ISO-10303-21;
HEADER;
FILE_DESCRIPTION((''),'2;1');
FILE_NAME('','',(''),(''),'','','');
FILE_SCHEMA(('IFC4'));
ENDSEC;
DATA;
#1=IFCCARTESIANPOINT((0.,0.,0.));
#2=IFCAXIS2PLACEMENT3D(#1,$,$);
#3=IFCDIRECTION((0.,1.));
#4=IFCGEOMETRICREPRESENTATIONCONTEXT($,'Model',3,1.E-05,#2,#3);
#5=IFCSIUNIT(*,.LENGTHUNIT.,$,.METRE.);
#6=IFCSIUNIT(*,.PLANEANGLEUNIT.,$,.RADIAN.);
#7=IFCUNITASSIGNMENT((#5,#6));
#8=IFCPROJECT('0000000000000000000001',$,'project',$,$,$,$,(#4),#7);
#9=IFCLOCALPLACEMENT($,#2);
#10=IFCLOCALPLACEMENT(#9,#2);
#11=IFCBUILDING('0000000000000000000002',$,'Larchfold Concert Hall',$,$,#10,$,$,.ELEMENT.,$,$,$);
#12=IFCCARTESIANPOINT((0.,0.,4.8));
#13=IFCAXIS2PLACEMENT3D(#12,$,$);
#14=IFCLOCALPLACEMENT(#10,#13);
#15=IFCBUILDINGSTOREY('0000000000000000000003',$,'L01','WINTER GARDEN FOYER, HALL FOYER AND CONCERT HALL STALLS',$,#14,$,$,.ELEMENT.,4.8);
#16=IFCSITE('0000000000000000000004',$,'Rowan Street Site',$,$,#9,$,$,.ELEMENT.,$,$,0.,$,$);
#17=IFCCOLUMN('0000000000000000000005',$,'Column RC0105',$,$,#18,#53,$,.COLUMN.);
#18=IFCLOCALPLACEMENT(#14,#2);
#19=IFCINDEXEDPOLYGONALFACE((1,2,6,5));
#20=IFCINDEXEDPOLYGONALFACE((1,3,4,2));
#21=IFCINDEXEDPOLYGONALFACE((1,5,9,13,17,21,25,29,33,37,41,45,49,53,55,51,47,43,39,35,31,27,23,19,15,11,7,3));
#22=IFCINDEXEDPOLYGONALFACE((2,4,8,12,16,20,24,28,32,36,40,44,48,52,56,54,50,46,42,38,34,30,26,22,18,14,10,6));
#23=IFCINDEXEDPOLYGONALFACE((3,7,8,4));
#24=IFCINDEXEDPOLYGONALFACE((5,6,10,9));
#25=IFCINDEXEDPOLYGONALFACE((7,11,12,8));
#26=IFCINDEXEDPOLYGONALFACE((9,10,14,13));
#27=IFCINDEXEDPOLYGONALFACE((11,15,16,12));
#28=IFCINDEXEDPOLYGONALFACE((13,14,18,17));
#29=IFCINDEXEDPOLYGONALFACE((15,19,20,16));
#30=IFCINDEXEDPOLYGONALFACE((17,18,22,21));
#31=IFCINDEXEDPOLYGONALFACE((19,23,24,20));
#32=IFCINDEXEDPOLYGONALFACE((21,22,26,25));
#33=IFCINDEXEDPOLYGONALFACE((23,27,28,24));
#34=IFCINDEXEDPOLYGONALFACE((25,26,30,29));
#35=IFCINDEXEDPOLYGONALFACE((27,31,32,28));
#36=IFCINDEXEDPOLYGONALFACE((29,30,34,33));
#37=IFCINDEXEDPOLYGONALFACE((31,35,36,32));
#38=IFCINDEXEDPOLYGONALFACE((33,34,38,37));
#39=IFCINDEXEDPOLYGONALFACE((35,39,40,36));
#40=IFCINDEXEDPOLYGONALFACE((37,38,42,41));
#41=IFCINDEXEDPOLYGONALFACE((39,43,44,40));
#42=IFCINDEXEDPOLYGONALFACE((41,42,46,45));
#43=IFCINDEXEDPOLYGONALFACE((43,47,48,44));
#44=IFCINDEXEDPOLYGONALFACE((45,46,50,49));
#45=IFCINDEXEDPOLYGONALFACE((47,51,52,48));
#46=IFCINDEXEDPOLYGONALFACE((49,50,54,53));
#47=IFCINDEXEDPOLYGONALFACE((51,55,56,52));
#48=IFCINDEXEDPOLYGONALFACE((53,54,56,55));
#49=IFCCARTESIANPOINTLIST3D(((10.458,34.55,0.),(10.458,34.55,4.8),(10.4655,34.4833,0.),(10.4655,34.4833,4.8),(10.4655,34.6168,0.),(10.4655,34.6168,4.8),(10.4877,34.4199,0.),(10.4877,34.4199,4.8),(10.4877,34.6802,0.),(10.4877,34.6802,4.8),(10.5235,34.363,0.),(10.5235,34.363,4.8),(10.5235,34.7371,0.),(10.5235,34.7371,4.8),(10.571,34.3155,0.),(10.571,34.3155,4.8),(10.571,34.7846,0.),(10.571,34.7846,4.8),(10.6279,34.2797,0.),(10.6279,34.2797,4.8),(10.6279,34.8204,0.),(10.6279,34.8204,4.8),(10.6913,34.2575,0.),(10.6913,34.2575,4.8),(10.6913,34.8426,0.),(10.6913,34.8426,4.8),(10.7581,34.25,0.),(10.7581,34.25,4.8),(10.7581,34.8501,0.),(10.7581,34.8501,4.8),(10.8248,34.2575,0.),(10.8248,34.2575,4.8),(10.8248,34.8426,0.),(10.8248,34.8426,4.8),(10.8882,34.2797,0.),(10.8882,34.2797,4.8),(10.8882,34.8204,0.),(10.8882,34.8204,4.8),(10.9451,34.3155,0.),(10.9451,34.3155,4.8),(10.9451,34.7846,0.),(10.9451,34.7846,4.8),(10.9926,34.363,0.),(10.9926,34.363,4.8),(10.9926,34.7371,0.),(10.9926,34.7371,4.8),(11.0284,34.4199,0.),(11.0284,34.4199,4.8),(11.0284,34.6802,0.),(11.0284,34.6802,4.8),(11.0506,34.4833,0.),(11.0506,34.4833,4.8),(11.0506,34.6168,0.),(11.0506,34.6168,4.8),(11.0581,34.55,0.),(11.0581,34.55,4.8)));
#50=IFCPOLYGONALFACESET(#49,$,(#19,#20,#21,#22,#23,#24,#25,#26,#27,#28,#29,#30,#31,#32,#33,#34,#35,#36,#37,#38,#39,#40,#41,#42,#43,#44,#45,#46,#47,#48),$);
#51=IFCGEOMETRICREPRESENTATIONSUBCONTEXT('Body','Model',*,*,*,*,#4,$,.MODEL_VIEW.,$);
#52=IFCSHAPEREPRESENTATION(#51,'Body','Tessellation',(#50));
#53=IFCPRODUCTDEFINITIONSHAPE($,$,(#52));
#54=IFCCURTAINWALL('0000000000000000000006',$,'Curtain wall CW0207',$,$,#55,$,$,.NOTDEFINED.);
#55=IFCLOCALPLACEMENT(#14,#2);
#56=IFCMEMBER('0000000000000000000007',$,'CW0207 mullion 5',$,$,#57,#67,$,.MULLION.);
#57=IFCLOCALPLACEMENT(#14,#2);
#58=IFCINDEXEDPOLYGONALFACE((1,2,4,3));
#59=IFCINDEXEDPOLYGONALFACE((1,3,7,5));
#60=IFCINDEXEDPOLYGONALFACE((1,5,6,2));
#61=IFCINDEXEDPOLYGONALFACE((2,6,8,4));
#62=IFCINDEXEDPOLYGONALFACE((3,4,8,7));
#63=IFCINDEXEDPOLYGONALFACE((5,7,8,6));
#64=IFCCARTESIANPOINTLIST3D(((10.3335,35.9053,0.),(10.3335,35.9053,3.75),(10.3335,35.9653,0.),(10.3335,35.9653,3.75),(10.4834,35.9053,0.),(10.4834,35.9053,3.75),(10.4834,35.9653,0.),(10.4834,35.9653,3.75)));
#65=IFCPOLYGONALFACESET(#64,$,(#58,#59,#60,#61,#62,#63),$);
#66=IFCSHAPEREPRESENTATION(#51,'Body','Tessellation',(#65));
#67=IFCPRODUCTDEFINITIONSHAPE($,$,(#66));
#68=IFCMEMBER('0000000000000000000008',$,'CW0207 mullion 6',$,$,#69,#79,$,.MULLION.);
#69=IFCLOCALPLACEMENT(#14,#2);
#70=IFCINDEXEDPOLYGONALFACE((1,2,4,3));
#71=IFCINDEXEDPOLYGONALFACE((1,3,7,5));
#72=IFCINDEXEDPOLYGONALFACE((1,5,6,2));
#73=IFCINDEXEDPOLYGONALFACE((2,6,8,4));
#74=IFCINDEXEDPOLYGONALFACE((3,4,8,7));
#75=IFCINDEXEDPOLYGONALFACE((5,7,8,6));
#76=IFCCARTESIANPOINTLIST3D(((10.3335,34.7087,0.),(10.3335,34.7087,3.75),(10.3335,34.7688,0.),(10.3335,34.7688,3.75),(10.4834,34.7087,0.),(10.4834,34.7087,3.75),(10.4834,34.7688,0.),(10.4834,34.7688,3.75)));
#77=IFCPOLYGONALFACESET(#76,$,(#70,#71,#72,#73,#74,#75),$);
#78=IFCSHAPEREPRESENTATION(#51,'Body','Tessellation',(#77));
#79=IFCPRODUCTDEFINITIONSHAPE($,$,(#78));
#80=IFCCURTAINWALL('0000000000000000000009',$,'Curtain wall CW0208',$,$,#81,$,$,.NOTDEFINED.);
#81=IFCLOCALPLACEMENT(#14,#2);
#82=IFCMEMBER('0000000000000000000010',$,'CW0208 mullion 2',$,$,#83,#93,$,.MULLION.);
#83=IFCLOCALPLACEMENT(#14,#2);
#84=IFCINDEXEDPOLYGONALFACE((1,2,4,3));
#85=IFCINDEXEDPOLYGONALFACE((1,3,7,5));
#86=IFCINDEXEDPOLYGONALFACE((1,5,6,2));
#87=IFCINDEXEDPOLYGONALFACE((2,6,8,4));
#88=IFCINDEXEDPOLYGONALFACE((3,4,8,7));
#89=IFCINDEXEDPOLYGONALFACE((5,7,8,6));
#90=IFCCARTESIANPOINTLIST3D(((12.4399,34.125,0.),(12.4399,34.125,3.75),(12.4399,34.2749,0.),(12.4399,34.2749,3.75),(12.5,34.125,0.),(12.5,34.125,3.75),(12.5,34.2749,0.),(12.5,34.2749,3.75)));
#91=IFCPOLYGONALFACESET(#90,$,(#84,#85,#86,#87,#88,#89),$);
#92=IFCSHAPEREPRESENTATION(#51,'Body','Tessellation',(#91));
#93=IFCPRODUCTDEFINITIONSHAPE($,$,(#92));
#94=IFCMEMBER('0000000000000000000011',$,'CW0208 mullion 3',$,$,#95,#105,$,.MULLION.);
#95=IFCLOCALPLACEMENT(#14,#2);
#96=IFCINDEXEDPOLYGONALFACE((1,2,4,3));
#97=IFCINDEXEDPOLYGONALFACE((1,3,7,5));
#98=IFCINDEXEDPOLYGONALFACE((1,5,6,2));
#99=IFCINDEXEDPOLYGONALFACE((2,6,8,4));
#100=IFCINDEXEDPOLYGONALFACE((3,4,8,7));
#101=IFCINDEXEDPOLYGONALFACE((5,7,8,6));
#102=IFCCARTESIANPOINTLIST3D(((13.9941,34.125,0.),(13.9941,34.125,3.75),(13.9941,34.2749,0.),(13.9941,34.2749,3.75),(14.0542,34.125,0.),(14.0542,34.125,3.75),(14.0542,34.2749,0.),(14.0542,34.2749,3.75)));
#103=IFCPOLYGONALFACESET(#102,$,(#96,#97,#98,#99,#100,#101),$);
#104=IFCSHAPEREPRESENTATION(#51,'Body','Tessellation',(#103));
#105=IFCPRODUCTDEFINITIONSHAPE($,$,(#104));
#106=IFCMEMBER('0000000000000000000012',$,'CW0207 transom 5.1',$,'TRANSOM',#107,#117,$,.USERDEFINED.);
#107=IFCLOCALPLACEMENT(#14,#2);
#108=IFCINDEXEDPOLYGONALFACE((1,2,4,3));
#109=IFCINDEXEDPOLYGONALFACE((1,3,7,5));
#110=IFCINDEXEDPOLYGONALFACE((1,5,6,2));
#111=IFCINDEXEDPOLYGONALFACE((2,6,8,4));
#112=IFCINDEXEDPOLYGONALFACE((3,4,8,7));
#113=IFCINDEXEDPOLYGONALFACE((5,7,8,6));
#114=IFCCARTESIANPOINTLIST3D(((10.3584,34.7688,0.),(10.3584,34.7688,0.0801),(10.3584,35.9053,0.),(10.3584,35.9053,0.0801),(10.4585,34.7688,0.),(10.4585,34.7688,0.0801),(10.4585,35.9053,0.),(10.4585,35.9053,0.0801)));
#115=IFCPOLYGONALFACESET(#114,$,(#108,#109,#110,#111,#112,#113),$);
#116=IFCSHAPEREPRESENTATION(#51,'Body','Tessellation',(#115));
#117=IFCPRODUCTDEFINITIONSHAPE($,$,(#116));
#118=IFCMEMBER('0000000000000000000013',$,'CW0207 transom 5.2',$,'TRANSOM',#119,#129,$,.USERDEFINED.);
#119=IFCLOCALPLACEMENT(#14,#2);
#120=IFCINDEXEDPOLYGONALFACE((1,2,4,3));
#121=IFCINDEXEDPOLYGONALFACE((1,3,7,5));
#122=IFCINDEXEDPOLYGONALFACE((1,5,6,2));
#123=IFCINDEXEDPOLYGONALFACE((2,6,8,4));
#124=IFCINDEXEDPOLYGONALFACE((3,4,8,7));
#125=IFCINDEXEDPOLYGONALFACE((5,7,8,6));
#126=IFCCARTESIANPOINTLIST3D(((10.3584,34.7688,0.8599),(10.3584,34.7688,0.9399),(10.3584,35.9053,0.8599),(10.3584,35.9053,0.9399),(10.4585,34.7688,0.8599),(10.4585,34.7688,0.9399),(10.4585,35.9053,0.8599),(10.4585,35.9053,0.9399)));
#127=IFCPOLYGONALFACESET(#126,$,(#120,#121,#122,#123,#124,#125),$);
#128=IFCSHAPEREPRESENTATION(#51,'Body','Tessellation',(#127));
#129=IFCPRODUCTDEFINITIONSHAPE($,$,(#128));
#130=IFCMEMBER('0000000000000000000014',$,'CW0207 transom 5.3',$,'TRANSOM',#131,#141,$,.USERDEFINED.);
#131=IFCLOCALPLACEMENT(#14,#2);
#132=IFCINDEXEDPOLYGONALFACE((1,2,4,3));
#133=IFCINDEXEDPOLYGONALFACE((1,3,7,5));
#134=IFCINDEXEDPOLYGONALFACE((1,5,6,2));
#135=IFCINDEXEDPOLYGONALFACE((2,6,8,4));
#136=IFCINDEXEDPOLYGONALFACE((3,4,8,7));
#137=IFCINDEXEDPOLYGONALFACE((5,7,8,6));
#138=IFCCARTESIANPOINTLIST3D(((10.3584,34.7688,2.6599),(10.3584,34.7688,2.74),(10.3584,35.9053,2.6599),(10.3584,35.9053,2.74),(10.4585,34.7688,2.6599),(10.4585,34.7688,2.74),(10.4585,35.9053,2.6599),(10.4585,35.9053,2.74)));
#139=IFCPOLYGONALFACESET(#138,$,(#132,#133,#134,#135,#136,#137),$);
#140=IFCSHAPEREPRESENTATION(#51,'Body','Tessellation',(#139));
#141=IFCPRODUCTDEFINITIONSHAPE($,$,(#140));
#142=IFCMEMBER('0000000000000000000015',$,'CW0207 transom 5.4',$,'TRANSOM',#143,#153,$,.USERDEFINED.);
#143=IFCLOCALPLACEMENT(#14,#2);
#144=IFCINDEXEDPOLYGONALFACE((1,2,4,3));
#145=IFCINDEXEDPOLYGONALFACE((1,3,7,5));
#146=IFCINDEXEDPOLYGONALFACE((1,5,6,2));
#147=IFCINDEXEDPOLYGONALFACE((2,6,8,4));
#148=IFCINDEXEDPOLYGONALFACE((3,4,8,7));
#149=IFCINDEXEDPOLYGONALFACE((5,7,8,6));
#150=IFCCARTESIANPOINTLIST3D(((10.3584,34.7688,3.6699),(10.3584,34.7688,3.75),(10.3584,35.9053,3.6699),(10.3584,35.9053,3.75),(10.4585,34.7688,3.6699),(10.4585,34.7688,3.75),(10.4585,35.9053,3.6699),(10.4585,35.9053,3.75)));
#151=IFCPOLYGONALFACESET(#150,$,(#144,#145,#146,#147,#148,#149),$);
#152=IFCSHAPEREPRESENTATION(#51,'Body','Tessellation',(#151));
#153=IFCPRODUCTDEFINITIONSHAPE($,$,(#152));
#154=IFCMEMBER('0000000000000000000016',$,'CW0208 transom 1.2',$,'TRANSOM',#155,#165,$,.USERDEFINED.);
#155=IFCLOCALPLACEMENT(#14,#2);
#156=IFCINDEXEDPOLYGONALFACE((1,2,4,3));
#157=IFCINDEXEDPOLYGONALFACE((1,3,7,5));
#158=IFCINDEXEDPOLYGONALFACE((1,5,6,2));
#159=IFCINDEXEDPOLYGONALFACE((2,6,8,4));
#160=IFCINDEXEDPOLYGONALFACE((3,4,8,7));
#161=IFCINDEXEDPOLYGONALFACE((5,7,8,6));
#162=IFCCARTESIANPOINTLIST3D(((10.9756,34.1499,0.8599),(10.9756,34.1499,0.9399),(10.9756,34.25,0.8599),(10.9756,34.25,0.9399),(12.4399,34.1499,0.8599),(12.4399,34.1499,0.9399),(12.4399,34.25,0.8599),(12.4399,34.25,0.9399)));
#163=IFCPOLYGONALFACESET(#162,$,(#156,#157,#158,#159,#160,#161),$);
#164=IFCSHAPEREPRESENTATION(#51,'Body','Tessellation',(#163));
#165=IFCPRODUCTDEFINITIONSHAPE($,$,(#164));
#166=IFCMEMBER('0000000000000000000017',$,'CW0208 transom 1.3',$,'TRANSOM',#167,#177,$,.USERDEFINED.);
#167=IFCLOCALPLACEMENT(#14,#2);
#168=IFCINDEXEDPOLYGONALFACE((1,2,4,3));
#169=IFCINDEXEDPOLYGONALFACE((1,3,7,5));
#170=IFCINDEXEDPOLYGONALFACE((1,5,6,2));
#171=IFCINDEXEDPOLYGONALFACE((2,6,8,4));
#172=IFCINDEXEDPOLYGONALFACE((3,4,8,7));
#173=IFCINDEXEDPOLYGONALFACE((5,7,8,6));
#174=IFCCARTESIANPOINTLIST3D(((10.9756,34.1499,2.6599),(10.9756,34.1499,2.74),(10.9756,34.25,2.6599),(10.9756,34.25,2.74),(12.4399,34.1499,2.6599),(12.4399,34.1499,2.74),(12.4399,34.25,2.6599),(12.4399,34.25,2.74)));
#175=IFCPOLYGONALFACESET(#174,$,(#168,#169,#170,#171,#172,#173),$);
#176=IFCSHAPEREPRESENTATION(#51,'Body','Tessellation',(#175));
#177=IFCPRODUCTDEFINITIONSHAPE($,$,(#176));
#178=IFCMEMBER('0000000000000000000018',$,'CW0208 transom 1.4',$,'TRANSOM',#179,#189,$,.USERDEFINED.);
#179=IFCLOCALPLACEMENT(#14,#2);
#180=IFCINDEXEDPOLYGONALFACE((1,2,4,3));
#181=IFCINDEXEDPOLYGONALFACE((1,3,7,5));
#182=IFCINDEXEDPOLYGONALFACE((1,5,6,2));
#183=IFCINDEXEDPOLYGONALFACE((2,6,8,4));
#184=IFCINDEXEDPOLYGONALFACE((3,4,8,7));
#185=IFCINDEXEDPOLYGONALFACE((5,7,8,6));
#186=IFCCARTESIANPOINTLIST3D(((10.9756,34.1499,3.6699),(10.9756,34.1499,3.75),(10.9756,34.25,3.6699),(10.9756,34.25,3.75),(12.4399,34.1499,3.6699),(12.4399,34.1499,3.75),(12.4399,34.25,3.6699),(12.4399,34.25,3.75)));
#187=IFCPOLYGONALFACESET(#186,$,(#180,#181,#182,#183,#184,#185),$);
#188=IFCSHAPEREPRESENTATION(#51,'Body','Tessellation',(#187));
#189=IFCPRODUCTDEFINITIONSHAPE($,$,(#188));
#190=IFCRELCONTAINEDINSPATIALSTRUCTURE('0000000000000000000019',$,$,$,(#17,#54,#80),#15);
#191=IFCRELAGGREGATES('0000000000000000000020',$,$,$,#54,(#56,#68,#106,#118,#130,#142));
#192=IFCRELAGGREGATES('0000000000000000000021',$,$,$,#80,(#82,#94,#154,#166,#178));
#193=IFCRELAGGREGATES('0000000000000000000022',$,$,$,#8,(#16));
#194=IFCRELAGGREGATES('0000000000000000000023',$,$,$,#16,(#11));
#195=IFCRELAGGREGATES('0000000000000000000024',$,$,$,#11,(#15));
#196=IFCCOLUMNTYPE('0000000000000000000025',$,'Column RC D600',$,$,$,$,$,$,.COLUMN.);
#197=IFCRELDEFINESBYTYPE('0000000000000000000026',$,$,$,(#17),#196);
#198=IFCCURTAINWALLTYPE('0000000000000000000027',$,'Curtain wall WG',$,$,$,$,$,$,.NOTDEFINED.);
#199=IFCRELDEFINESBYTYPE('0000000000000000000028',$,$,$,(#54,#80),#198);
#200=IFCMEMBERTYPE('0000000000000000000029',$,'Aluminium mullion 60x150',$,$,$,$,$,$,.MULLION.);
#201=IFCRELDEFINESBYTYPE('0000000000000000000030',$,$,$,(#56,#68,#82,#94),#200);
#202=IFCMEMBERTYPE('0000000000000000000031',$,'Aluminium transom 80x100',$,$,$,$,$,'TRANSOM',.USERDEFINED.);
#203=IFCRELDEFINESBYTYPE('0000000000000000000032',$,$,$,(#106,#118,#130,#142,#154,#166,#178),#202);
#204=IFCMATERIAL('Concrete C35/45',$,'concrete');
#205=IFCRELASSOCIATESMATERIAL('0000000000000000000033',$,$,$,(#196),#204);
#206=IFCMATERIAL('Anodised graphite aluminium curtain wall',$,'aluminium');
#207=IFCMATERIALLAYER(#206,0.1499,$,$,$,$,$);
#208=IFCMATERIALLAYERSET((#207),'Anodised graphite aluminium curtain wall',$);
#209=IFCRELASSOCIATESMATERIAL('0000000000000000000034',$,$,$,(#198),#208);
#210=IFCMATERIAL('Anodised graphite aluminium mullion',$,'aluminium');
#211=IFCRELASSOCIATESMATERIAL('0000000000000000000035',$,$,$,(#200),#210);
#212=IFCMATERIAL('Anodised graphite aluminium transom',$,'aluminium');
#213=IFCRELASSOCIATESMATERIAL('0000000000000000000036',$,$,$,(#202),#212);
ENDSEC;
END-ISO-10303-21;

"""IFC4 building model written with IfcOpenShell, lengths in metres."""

from ifc_helpers import new_model, si_unit, direction, frame, origin, origin_2d, place, context, subcontext, project, spatial, rectangle, circle, extrude, material, layer, layer_set, material_profile, profile_set, type_object, element, aggregate, save


model = new_model("IFC4")

# Units and contexts
model_context = context("Model", 3, precision=1e-05, world=origin(), true_north=direction((0.0, 1.0)))
body_context = subcontext(model_context, "Body", "Model", "MODEL_VIEW")
ifc_project = project(units=[si_unit("LENGTHUNIT", "METRE"), si_unit("PLANEANGLEUNIT", "RADIAN")], contexts=[model_context])

# Site, building, storey
site_placement = place(None, origin())
site = spatial("IfcSite", under=ifc_project, at=site_placement, Name="Rowan Street Site", CompositionType="ELEMENT", RefElevation=0.0)
building_placement = place(site_placement, origin())
building = spatial("IfcBuilding", under=site, at=building_placement, Name="Larchfold Concert Hall", CompositionType="ELEMENT")
storey_placement = place(building_placement, frame((0.0, 0.0, 4.8)))
storey = spatial("IfcBuildingStorey", under=building, at=storey_placement, Name="L01", Description="WINTER GARDEN FOYER, HALL FOYER AND CONCERT HALL STALLS", CompositionType="ELEMENT", Elevation=4.8)

# Column
ifc_material_1 = material(Name="Concrete C35/45", Category="concrete")
ifc_material_profile_1 = material_profile(ifc_material_1, circle(Radius=0.3, at=origin_2d()))
ifc_profile_set_1 = profile_set([ifc_material_profile_1], Name="Concrete C35/45")
column_type = type_object("IfcColumnType", Name="Column RC D600", PredefinedType="COLUMN", material=ifc_profile_set_1)
column_placement = place(storey_placement, frame((10.7581, 34.55, 0.0), z_axis=(0.0, 0.0, 1.0), x_axis=(1.0, 0.0, 0.0)))
element("IfcColumn", 1, at=column_placement, inside=storey, type_object=column_type, Name="Column RC0105", PredefinedType="COLUMN", context=body_context, shape_type="SweptSolid", body=[
    extrude(circle(Radius=0.3, at=origin_2d()), origin(), (0.0, 0.0, 1.0), 4.8),
])

# Curtain walls, members
ifc_material_2 = material(Name="Anodised graphite aluminium curtain wall", Category="aluminium")
ifc_layer_1 = layer(ifc_material_2, 0.1499)
ifc_layer_set_1 = layer_set([ifc_layer_1], Name="Anodised graphite aluminium curtain wall")
curtain_wall_type = type_object("IfcCurtainWallType", Name="Curtain wall WG", PredefinedType="NOTDEFINED", material=ifc_layer_set_1)
curtain_wall_1_placement = place(storey_placement, origin())
curtain_wall_1 = element("IfcCurtainWall", 2, at=curtain_wall_1_placement, inside=storey, type_object=curtain_wall_type, Name="Curtain wall CW0207", PredefinedType="NOTDEFINED")
ifc_material_3 = material(Name="Anodised graphite aluminium mullion", Category="aluminium")
ifc_material_profile_2 = material_profile(ifc_material_3, rectangle(XDim=0.1499, YDim=0.0601, at=origin_2d()))
ifc_profile_set_2 = profile_set([ifc_material_profile_2], Name="Anodised graphite aluminium mullion")
member_type_1 = type_object("IfcMemberType", Name="Aluminium mullion 60x150", PredefinedType="MULLION", material=ifc_profile_set_2)
member_1_placement = place(storey_placement, frame((10.4084, 35.9353, 0.0), z_axis=(0.0, 0.0, 1.0), x_axis=(1.0, 0.0, 0.0)))
member_1 = element("IfcMember", 3, at=member_1_placement, type_object=member_type_1, Name="CW0207 mullion 5", PredefinedType="MULLION", context=body_context, shape_type="SweptSolid", body=[
    extrude(rectangle(XDim=0.1499, YDim=0.0601, at=origin_2d()), origin(), (0.0, 0.0, 1.0), 3.75),
])
member_2_placement = place(storey_placement, frame((10.4084, 34.7388, 0.0), z_axis=(0.0, 0.0, 1.0), x_axis=(1.0, 0.0, 0.0)))
member_2 = element("IfcMember", 4, at=member_2_placement, type_object=member_type_1, Name="CW0207 mullion 6", PredefinedType="MULLION", context=body_context, shape_type="SweptSolid", body=[
    extrude(rectangle(XDim=0.1499, YDim=0.0601, at=origin_2d()), origin(), (0.0, 0.0, 1.0), 3.75),
])
curtain_wall_2_placement = place(storey_placement, origin())
curtain_wall_2 = element("IfcCurtainWall", 5, at=curtain_wall_2_placement, inside=storey, type_object=curtain_wall_type, Name="Curtain wall CW0208", PredefinedType="NOTDEFINED")
member_3_placement = place(storey_placement, frame((12.47, 34.2, 0.0), z_axis=(0.0, 0.0, 1.0), x_axis=(0.0, 1.0, 0.0)))
member_3 = element("IfcMember", 6, at=member_3_placement, type_object=member_type_1, Name="CW0208 mullion 2", PredefinedType="MULLION", context=body_context, shape_type="SweptSolid", body=[
    extrude(rectangle(XDim=0.1499, YDim=0.0601, at=origin_2d()), origin(), (0.0, 0.0, 1.0), 3.75),
])
member_4_placement = place(storey_placement, frame((14.0242, 34.2, 0.0), z_axis=(0.0, 0.0, 1.0), x_axis=(0.0, 1.0, 0.0)))
member_4 = element("IfcMember", 7, at=member_4_placement, type_object=member_type_1, Name="CW0208 mullion 3", PredefinedType="MULLION", context=body_context, shape_type="SweptSolid", body=[
    extrude(rectangle(XDim=0.1499, YDim=0.0601, at=origin_2d()), origin(), (0.0, 0.0, 1.0), 3.75),
])

# Members
ifc_material_4 = material(Name="Anodised graphite aluminium transom", Category="aluminium")
ifc_material_profile_3 = material_profile(ifc_material_4, rectangle(XDim=0.1001, YDim=0.0801, at=origin_2d()))
ifc_profile_set_3 = profile_set([ifc_material_profile_3], Name="Anodised graphite aluminium transom")
member_type_2 = type_object("IfcMemberType", Name="Aluminium transom 80x100", ElementType="TRANSOM", PredefinedType="USERDEFINED", material=ifc_profile_set_3)
member_5_placement = place(storey_placement, frame((10.4084, 35.9053, 0.04), z_axis=(0.0, -1.0, 0.0), x_axis=(1.0, 0.0, 0.0)))
member_5 = element("IfcMember", 8, at=member_5_placement, type_object=member_type_2, Name="CW0207 transom 5.1", ObjectType="TRANSOM", PredefinedType="USERDEFINED", context=body_context, shape_type="SweptSolid", body=[
    extrude(rectangle(XDim=0.1001, YDim=0.0801, at=origin_2d()), origin(), (0.0, 0.0, 1.0), 1.1365),
])
member_6_placement = place(storey_placement, frame((10.4084, 35.9053, 0.8999), z_axis=(0.0, -1.0, 0.0), x_axis=(1.0, 0.0, 0.0)))
member_6 = element("IfcMember", 9, at=member_6_placement, type_object=member_type_2, Name="CW0207 transom 5.2", ObjectType="TRANSOM", PredefinedType="USERDEFINED", context=body_context, shape_type="SweptSolid", body=[
    extrude(rectangle(XDim=0.1001, YDim=0.0801, at=origin_2d()), origin(), (0.0, 0.0, 1.0), 1.1365),
])
member_7_placement = place(storey_placement, frame((10.4084, 35.9053, 2.7), z_axis=(0.0, -1.0, 0.0), x_axis=(1.0, 0.0, 0.0)))
member_7 = element("IfcMember", 10, at=member_7_placement, type_object=member_type_2, Name="CW0207 transom 5.3", ObjectType="TRANSOM", PredefinedType="USERDEFINED", context=body_context, shape_type="SweptSolid", body=[
    extrude(rectangle(XDim=0.1001, YDim=0.0801, at=origin_2d()), origin(), (0.0, 0.0, 1.0), 1.1365),
])
member_8_placement = place(storey_placement, frame((10.4084, 35.9053, 3.71), z_axis=(0.0, -1.0, 0.0), x_axis=(1.0, 0.0, 0.0)))
member_8 = element("IfcMember", 11, at=member_8_placement, type_object=member_type_2, Name="CW0207 transom 5.4", ObjectType="TRANSOM", PredefinedType="USERDEFINED", context=body_context, shape_type="SweptSolid", body=[
    extrude(rectangle(XDim=0.1001, YDim=0.0801, at=origin_2d()), origin(), (0.0, 0.0, 1.0), 1.1365),
])
member_9_placement = place(storey_placement, frame((10.9756, 34.2, 0.8999), z_axis=(1.0, 0.0, 0.0), x_axis=(0.0, 1.0, 0.0)))
member_9 = element("IfcMember", 12, at=member_9_placement, type_object=member_type_2, Name="CW0208 transom 1.2", ObjectType="TRANSOM", PredefinedType="USERDEFINED", context=body_context, shape_type="SweptSolid", body=[
    extrude(rectangle(XDim=0.1001, YDim=0.0801, at=origin_2d()), origin(), (0.0, 0.0, 1.0), 1.4644),
])
member_10_placement = place(storey_placement, frame((10.9756, 34.2, 2.7), z_axis=(1.0, 0.0, 0.0), x_axis=(0.0, 1.0, 0.0)))
member_10 = element("IfcMember", 13, at=member_10_placement, type_object=member_type_2, Name="CW0208 transom 1.3", ObjectType="TRANSOM", PredefinedType="USERDEFINED", context=body_context, shape_type="SweptSolid", body=[
    extrude(rectangle(XDim=0.1001, YDim=0.0801, at=origin_2d()), origin(), (0.0, 0.0, 1.0), 1.4644),
])
member_11_placement = place(storey_placement, frame((10.9756, 34.2, 3.71), z_axis=(1.0, 0.0, 0.0), x_axis=(0.0, 1.0, 0.0)))
member_11 = element("IfcMember", 14, at=member_11_placement, type_object=member_type_2, Name="CW0208 transom 1.4", ObjectType="TRANSOM", PredefinedType="USERDEFINED", context=body_context, shape_type="SweptSolid", body=[
    extrude(rectangle(XDim=0.1001, YDim=0.0801, at=origin_2d()), origin(), (0.0, 0.0, 1.0), 1.4644),
])

aggregate(curtain_wall_1, [member_1, member_2, member_5, member_6, member_7, member_8])
aggregate(curtain_wall_2, [member_3, member_4, member_9, member_10, member_11])

save(model, "model.ifc")
